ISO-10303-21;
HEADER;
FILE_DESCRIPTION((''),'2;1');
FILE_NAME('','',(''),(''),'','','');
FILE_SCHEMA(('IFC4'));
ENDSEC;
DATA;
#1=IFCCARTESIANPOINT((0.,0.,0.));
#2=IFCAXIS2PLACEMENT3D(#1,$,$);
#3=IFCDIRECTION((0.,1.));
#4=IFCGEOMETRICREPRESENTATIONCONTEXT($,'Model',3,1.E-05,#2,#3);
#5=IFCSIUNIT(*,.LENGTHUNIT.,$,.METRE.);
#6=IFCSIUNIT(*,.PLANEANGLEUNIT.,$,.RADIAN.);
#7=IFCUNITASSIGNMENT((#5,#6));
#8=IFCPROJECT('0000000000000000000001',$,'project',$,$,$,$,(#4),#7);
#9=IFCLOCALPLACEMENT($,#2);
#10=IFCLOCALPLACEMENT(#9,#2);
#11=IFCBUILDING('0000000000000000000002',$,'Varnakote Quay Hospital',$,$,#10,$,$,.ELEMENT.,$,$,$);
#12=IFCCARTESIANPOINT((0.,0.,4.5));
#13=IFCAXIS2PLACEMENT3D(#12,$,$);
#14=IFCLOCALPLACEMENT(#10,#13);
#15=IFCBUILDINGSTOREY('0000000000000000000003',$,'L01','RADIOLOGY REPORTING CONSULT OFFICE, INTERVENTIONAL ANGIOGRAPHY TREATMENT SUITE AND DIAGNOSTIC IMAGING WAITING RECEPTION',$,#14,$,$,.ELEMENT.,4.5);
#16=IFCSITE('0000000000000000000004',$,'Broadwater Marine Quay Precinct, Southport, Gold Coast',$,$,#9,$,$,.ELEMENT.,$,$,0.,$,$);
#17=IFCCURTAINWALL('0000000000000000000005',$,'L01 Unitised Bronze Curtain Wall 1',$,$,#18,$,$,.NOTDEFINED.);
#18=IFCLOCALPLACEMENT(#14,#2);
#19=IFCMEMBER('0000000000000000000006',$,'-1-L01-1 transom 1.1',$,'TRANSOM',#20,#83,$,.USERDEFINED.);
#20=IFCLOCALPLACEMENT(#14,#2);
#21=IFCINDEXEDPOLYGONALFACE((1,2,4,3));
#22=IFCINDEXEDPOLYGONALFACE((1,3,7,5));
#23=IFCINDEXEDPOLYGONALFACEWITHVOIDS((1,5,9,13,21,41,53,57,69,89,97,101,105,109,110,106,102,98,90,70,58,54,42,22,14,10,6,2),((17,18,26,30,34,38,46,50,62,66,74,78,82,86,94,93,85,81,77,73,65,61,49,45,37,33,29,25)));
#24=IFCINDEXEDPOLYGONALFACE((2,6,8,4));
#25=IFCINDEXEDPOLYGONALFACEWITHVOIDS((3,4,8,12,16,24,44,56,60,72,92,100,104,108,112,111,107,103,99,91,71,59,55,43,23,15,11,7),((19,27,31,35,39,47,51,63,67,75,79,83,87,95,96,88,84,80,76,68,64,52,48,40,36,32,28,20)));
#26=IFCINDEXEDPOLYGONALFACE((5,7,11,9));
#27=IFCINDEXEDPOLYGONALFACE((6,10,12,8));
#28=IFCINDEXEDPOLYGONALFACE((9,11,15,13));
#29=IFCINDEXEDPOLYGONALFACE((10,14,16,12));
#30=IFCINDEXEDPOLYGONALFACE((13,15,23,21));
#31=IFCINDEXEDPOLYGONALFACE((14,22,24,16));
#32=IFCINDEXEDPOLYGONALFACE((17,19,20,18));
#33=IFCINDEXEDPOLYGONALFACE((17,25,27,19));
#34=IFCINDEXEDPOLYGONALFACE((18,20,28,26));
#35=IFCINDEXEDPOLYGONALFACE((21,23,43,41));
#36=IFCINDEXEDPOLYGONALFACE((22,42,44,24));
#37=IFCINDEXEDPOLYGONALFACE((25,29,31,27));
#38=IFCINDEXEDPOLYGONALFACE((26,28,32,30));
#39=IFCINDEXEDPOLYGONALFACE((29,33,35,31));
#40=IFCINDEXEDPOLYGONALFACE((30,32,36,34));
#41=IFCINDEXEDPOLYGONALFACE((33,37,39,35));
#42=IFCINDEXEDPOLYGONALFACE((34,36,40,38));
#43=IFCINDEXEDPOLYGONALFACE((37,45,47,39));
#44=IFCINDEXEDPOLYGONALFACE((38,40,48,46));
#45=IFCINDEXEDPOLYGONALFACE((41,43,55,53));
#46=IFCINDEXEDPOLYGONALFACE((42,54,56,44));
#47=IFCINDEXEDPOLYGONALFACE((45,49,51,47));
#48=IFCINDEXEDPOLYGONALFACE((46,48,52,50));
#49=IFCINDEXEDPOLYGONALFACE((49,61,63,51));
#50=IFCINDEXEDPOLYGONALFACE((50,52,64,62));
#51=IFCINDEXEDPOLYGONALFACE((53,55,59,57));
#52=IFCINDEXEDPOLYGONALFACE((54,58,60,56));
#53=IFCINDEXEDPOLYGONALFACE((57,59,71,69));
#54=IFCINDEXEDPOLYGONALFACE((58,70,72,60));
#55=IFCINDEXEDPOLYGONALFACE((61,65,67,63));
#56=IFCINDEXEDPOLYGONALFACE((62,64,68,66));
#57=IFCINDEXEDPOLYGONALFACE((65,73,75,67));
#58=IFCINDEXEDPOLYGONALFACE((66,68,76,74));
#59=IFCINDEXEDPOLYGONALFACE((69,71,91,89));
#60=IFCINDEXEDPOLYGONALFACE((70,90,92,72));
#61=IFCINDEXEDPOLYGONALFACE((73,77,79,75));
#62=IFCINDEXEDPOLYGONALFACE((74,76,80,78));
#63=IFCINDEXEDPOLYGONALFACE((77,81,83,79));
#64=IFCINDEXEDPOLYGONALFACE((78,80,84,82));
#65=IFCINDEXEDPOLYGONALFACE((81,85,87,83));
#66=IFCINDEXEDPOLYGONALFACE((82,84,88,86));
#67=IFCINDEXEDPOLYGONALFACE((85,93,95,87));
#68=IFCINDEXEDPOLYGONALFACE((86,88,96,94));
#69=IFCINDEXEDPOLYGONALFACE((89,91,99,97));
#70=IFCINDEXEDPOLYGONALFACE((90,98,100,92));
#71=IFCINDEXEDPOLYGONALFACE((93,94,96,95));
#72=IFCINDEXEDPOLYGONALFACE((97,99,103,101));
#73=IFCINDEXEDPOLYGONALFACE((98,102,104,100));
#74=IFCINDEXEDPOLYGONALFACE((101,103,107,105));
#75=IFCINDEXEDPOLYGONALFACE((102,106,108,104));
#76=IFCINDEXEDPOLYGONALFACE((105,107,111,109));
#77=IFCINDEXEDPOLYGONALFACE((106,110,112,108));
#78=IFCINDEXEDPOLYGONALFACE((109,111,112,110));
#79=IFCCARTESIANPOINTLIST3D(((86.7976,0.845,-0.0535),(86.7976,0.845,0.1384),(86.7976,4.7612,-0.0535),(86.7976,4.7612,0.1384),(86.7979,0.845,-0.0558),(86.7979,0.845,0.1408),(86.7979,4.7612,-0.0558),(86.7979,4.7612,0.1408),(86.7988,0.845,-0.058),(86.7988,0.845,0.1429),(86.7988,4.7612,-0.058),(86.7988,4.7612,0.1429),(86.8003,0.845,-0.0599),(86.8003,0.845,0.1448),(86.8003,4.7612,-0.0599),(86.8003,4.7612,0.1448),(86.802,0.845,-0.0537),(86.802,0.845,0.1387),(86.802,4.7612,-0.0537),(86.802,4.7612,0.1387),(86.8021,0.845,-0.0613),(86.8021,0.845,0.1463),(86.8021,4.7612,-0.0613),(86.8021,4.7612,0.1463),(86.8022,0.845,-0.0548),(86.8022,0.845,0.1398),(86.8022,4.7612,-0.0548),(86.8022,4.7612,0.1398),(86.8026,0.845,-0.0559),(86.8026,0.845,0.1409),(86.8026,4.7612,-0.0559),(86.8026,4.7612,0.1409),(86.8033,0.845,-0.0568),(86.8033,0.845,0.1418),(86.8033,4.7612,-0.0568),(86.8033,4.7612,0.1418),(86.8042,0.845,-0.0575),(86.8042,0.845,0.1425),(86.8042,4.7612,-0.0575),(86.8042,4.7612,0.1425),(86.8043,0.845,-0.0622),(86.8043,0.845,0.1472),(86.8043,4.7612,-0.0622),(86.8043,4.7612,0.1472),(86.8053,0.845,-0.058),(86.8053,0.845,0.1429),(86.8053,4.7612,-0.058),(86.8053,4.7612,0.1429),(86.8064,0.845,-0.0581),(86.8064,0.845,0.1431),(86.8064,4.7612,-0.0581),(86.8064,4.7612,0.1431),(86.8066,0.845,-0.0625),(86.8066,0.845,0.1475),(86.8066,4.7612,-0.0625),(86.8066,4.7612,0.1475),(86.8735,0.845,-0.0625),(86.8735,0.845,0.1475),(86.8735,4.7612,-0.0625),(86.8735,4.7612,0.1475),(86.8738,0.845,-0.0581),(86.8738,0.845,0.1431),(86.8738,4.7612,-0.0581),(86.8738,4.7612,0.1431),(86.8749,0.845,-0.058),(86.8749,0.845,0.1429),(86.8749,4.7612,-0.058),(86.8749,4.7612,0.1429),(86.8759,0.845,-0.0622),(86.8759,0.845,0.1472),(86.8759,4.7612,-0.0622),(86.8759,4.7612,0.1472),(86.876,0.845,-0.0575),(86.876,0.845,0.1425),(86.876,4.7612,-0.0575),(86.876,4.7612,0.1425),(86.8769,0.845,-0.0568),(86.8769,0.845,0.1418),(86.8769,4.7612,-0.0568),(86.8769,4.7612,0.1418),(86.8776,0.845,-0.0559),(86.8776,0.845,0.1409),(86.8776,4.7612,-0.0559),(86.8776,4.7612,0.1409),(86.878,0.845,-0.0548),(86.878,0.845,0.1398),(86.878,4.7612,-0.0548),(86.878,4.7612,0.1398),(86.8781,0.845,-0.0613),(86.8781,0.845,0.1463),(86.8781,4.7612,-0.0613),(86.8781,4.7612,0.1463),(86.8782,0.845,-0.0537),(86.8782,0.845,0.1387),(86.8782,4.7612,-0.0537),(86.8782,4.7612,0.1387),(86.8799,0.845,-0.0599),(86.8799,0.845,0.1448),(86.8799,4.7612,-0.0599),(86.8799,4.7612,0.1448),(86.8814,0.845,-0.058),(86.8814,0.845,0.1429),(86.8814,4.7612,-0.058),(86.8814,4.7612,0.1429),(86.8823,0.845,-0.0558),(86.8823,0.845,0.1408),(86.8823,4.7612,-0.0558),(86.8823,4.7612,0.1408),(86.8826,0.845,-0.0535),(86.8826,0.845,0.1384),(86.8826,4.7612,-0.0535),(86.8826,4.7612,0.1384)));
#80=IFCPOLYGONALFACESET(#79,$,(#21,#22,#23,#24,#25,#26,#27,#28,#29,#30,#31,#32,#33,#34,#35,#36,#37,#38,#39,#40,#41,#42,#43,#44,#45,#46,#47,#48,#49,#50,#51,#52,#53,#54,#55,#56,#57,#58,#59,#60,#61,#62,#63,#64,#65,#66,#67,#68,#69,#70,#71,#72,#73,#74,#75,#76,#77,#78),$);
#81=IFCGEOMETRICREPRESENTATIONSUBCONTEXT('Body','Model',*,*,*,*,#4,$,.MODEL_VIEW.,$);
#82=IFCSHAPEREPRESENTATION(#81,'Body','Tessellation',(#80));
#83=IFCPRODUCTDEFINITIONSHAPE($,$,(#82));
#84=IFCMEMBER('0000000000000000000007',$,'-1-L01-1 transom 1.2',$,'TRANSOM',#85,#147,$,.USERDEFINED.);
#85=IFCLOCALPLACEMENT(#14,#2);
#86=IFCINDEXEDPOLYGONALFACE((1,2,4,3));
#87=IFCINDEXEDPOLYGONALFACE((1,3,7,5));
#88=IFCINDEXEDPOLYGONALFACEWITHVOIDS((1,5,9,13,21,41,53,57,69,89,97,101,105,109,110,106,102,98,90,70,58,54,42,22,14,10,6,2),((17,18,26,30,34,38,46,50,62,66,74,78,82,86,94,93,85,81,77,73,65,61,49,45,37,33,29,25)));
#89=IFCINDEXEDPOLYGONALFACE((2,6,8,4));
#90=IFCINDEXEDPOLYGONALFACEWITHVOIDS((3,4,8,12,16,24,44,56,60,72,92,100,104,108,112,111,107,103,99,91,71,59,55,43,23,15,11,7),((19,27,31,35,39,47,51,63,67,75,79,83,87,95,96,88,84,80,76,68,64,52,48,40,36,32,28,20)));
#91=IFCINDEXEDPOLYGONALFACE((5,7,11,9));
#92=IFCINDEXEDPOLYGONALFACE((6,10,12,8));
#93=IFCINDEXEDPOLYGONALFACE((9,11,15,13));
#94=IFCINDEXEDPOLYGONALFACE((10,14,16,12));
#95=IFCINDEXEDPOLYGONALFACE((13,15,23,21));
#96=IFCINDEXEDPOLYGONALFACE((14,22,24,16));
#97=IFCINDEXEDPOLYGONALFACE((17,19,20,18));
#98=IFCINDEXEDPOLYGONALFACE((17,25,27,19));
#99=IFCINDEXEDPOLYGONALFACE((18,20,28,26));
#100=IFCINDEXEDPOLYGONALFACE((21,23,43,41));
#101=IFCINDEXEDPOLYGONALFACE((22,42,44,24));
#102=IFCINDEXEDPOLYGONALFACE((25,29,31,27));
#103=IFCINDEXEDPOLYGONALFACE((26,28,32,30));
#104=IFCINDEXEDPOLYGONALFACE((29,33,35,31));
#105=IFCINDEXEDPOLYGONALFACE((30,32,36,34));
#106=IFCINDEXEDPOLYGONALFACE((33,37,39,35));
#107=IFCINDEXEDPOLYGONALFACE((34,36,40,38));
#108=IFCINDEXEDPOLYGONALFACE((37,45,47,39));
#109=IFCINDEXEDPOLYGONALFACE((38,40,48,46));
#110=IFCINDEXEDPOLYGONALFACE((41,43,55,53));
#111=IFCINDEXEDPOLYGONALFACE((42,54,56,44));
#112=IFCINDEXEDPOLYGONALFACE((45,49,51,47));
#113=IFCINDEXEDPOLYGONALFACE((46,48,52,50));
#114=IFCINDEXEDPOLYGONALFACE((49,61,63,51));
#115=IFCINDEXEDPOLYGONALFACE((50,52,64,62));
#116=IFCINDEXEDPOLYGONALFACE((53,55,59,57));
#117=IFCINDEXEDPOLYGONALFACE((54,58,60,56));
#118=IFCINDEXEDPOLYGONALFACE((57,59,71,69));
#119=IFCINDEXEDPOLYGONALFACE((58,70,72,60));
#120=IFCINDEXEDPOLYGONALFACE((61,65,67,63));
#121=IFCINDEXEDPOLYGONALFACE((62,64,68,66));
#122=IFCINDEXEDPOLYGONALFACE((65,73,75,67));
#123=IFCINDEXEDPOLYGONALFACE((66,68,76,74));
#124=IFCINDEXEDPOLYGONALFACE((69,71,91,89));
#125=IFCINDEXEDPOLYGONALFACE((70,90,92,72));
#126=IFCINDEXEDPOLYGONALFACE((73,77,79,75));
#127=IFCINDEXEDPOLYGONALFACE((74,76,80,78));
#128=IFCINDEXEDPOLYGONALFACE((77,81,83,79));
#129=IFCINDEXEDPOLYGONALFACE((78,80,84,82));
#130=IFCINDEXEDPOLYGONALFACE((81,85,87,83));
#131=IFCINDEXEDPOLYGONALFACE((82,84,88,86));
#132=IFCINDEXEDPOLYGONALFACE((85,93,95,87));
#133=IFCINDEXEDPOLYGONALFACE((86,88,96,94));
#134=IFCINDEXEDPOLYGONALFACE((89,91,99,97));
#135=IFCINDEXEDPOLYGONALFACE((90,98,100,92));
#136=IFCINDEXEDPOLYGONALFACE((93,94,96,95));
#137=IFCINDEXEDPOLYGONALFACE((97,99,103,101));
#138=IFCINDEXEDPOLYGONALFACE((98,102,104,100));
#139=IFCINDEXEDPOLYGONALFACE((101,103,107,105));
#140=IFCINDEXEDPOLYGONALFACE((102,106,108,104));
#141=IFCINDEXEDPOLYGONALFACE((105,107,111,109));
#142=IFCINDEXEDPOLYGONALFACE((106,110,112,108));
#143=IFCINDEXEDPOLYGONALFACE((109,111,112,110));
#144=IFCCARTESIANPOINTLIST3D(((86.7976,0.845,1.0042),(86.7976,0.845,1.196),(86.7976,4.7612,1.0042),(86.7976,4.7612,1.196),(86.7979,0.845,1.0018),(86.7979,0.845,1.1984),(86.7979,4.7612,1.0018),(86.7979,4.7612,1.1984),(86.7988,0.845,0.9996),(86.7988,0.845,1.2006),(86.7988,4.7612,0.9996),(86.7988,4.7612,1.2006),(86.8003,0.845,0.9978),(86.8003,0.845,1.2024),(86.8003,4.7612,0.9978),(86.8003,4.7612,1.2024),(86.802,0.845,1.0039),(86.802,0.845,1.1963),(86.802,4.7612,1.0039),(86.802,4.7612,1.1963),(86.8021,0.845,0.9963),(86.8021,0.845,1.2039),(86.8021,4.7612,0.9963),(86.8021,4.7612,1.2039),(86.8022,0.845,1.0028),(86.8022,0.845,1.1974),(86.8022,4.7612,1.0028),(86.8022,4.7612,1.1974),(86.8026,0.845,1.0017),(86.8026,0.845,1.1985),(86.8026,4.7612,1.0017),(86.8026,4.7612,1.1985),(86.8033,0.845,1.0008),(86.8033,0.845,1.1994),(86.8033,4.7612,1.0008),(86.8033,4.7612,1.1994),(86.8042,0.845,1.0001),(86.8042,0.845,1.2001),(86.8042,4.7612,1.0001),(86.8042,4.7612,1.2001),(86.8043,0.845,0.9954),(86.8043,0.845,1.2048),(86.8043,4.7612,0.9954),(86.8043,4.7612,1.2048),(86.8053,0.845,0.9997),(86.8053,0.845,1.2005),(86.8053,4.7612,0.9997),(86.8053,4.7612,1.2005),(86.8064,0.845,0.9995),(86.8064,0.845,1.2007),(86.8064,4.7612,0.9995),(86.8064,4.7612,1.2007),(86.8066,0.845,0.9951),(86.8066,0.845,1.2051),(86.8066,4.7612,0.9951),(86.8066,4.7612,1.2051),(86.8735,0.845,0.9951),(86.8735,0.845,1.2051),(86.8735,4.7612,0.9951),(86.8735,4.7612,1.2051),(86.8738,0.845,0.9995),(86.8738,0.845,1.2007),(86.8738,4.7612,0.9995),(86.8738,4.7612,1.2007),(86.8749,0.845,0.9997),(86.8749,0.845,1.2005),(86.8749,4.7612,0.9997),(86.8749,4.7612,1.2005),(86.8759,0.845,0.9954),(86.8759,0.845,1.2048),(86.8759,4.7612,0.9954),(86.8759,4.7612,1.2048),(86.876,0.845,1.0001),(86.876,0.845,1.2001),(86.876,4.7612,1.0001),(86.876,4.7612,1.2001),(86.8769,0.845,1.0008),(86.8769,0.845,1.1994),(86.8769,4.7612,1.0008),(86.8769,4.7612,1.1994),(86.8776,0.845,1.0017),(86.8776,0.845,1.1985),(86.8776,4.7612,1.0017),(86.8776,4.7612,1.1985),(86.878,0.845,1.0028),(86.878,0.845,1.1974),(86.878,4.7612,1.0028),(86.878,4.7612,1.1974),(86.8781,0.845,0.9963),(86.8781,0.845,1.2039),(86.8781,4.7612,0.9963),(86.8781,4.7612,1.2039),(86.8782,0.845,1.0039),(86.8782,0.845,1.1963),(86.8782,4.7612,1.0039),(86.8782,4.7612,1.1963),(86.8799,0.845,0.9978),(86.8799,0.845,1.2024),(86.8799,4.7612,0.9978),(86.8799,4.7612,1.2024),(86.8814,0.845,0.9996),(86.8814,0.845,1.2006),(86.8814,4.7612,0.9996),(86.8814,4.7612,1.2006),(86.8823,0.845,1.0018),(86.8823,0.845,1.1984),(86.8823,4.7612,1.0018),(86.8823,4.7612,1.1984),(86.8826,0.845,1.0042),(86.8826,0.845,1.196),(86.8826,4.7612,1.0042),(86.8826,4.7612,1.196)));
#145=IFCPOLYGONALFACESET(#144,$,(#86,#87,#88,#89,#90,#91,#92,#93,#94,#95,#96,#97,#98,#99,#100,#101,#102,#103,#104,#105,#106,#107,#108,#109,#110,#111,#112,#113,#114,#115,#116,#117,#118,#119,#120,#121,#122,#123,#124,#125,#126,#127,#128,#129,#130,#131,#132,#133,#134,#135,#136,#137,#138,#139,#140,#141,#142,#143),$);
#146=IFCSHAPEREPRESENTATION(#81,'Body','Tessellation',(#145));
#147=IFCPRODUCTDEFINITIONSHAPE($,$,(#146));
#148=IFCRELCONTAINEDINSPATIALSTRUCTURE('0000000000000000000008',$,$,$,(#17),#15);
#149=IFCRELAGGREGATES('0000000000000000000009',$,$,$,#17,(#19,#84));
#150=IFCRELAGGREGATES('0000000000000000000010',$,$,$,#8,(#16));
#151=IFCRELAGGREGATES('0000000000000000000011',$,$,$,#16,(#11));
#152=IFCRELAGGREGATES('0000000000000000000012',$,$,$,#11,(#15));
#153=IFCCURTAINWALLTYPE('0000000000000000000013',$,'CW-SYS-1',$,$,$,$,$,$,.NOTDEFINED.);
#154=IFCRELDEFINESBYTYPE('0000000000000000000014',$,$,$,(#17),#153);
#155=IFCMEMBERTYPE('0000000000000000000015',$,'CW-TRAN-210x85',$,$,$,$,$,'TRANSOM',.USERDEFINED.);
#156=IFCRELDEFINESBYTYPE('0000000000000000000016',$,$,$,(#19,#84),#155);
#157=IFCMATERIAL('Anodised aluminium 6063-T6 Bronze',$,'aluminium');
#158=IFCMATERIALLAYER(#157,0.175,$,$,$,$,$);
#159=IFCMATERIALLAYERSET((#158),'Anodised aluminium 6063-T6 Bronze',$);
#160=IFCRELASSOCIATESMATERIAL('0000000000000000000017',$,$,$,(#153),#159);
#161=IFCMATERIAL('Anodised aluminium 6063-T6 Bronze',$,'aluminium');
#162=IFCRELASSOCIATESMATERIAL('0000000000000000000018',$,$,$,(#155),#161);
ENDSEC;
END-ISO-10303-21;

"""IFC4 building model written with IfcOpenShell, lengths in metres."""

from ifc_helpers import new_model, si_unit, direction, frame, origin, origin_2d, place, context, subcontext, project, spatial, hollow_rectangle, extrude, material, layer, layer_set, material_profile, profile_set, type_object, element, aggregate, save


model = new_model("IFC4")

# Units and contexts
model_context = context("Model", 3, precision=1e-05, world=origin(), true_north=direction((0.0, 1.0)))
body_context = subcontext(model_context, "Body", "Model", "MODEL_VIEW")
ifc_project = project(units=[si_unit("LENGTHUNIT", "METRE"), si_unit("PLANEANGLEUNIT", "RADIAN")], contexts=[model_context])

# Site, building, storey
site_placement = place(None, origin())
site = spatial("IfcSite", under=ifc_project, at=site_placement, Name="Broadwater Marine Quay Precinct, Southport, Gold Coast", CompositionType="ELEMENT", RefElevation=0.0)
building_placement = place(site_placement, origin())
building = spatial("IfcBuilding", under=site, at=building_placement, Name="Varnakote Quay Hospital", CompositionType="ELEMENT")
storey_placement = place(building_placement, frame((0.0, 0.0, 4.5)))
storey = spatial("IfcBuildingStorey", under=building, at=storey_placement, Name="L01", Description="RADIOLOGY REPORTING CONSULT OFFICE, INTERVENTIONAL ANGIOGRAPHY TREATMENT SUITE AND DIAGNOSTIC IMAGING WAITING RECEPTION", CompositionType="ELEMENT", Elevation=4.5)

# Curtain wall, members
ifc_material_1 = material(Name="Anodised aluminium 6063-T6 Bronze", Category="aluminium")
ifc_layer_1 = layer(ifc_material_1, 0.175)
ifc_layer_set_1 = layer_set([ifc_layer_1], Name="Anodised aluminium 6063-T6 Bronze")
curtain_wall_type = type_object("IfcCurtainWallType", Name="CW-SYS-1", PredefinedType="NOTDEFINED", material=ifc_layer_set_1)
curtain_wall_placement = place(storey_placement, origin())
curtain_wall = element("IfcCurtainWall", 1, at=curtain_wall_placement, inside=storey, type_object=curtain_wall_type, Name="L01 Unitised Bronze Curtain Wall 1", PredefinedType="NOTDEFINED")
ifc_material_2 = material(Name="Anodised aluminium 6063-T6 Bronze", Category="aluminium")
ifc_material_profile_1 = material_profile(ifc_material_2, hollow_rectangle(XDim=0.085, YDim=0.21, WallThickness=0.0044, InnerFilletRadius=0.0044, OuterFilletRadius=0.009, at=origin_2d()), Name="CW-TRAN-210x85")
ifc_profile_set_1 = profile_set([ifc_material_profile_1], Name="Anodised aluminium 6063-T6 Bronze")
member_type_1 = type_object("IfcMemberType", Name="CW-TRAN-210x85", ElementType="TRANSOM", PredefinedType="USERDEFINED", material=ifc_profile_set_1)
member_1_placement = place(storey_placement, frame((86.8401, 0.845, 0.0425), z_axis=(0.0, 1.0, 0.0), x_axis=(-1.0, 0.0, 0.0)))
member_1 = element("IfcMember", 2, at=member_1_placement, type_object=member_type_1, Name="-1-L01-1 transom 1.1", ObjectType="TRANSOM", PredefinedType="USERDEFINED", context=body_context, shape_type="SweptSolid", body=[
    extrude(hollow_rectangle(XDim=0.085, YDim=0.21, WallThickness=0.0044, InnerFilletRadius=0.0044, OuterFilletRadius=0.009, at=origin_2d()), origin(), (0.0, 0.0, 1.0), 3.9163),
])
member_2_placement = place(storey_placement, frame((86.8401, 0.845, 1.1001), z_axis=(0.0, 1.0, 0.0), x_axis=(-1.0, 0.0, 0.0)))
member_2 = element("IfcMember", 3, at=member_2_placement, type_object=member_type_1, Name="-1-L01-1 transom 1.2", ObjectType="TRANSOM", PredefinedType="USERDEFINED", context=body_context, shape_type="SweptSolid", body=[
    extrude(hollow_rectangle(XDim=0.085, YDim=0.21, WallThickness=0.0044, InnerFilletRadius=0.0044, OuterFilletRadius=0.009, at=origin_2d()), origin(), (0.0, 0.0, 1.0), 3.9163),
])
aggregate(curtain_wall, [member_1, member_2])

save(model, "model.ifc")
